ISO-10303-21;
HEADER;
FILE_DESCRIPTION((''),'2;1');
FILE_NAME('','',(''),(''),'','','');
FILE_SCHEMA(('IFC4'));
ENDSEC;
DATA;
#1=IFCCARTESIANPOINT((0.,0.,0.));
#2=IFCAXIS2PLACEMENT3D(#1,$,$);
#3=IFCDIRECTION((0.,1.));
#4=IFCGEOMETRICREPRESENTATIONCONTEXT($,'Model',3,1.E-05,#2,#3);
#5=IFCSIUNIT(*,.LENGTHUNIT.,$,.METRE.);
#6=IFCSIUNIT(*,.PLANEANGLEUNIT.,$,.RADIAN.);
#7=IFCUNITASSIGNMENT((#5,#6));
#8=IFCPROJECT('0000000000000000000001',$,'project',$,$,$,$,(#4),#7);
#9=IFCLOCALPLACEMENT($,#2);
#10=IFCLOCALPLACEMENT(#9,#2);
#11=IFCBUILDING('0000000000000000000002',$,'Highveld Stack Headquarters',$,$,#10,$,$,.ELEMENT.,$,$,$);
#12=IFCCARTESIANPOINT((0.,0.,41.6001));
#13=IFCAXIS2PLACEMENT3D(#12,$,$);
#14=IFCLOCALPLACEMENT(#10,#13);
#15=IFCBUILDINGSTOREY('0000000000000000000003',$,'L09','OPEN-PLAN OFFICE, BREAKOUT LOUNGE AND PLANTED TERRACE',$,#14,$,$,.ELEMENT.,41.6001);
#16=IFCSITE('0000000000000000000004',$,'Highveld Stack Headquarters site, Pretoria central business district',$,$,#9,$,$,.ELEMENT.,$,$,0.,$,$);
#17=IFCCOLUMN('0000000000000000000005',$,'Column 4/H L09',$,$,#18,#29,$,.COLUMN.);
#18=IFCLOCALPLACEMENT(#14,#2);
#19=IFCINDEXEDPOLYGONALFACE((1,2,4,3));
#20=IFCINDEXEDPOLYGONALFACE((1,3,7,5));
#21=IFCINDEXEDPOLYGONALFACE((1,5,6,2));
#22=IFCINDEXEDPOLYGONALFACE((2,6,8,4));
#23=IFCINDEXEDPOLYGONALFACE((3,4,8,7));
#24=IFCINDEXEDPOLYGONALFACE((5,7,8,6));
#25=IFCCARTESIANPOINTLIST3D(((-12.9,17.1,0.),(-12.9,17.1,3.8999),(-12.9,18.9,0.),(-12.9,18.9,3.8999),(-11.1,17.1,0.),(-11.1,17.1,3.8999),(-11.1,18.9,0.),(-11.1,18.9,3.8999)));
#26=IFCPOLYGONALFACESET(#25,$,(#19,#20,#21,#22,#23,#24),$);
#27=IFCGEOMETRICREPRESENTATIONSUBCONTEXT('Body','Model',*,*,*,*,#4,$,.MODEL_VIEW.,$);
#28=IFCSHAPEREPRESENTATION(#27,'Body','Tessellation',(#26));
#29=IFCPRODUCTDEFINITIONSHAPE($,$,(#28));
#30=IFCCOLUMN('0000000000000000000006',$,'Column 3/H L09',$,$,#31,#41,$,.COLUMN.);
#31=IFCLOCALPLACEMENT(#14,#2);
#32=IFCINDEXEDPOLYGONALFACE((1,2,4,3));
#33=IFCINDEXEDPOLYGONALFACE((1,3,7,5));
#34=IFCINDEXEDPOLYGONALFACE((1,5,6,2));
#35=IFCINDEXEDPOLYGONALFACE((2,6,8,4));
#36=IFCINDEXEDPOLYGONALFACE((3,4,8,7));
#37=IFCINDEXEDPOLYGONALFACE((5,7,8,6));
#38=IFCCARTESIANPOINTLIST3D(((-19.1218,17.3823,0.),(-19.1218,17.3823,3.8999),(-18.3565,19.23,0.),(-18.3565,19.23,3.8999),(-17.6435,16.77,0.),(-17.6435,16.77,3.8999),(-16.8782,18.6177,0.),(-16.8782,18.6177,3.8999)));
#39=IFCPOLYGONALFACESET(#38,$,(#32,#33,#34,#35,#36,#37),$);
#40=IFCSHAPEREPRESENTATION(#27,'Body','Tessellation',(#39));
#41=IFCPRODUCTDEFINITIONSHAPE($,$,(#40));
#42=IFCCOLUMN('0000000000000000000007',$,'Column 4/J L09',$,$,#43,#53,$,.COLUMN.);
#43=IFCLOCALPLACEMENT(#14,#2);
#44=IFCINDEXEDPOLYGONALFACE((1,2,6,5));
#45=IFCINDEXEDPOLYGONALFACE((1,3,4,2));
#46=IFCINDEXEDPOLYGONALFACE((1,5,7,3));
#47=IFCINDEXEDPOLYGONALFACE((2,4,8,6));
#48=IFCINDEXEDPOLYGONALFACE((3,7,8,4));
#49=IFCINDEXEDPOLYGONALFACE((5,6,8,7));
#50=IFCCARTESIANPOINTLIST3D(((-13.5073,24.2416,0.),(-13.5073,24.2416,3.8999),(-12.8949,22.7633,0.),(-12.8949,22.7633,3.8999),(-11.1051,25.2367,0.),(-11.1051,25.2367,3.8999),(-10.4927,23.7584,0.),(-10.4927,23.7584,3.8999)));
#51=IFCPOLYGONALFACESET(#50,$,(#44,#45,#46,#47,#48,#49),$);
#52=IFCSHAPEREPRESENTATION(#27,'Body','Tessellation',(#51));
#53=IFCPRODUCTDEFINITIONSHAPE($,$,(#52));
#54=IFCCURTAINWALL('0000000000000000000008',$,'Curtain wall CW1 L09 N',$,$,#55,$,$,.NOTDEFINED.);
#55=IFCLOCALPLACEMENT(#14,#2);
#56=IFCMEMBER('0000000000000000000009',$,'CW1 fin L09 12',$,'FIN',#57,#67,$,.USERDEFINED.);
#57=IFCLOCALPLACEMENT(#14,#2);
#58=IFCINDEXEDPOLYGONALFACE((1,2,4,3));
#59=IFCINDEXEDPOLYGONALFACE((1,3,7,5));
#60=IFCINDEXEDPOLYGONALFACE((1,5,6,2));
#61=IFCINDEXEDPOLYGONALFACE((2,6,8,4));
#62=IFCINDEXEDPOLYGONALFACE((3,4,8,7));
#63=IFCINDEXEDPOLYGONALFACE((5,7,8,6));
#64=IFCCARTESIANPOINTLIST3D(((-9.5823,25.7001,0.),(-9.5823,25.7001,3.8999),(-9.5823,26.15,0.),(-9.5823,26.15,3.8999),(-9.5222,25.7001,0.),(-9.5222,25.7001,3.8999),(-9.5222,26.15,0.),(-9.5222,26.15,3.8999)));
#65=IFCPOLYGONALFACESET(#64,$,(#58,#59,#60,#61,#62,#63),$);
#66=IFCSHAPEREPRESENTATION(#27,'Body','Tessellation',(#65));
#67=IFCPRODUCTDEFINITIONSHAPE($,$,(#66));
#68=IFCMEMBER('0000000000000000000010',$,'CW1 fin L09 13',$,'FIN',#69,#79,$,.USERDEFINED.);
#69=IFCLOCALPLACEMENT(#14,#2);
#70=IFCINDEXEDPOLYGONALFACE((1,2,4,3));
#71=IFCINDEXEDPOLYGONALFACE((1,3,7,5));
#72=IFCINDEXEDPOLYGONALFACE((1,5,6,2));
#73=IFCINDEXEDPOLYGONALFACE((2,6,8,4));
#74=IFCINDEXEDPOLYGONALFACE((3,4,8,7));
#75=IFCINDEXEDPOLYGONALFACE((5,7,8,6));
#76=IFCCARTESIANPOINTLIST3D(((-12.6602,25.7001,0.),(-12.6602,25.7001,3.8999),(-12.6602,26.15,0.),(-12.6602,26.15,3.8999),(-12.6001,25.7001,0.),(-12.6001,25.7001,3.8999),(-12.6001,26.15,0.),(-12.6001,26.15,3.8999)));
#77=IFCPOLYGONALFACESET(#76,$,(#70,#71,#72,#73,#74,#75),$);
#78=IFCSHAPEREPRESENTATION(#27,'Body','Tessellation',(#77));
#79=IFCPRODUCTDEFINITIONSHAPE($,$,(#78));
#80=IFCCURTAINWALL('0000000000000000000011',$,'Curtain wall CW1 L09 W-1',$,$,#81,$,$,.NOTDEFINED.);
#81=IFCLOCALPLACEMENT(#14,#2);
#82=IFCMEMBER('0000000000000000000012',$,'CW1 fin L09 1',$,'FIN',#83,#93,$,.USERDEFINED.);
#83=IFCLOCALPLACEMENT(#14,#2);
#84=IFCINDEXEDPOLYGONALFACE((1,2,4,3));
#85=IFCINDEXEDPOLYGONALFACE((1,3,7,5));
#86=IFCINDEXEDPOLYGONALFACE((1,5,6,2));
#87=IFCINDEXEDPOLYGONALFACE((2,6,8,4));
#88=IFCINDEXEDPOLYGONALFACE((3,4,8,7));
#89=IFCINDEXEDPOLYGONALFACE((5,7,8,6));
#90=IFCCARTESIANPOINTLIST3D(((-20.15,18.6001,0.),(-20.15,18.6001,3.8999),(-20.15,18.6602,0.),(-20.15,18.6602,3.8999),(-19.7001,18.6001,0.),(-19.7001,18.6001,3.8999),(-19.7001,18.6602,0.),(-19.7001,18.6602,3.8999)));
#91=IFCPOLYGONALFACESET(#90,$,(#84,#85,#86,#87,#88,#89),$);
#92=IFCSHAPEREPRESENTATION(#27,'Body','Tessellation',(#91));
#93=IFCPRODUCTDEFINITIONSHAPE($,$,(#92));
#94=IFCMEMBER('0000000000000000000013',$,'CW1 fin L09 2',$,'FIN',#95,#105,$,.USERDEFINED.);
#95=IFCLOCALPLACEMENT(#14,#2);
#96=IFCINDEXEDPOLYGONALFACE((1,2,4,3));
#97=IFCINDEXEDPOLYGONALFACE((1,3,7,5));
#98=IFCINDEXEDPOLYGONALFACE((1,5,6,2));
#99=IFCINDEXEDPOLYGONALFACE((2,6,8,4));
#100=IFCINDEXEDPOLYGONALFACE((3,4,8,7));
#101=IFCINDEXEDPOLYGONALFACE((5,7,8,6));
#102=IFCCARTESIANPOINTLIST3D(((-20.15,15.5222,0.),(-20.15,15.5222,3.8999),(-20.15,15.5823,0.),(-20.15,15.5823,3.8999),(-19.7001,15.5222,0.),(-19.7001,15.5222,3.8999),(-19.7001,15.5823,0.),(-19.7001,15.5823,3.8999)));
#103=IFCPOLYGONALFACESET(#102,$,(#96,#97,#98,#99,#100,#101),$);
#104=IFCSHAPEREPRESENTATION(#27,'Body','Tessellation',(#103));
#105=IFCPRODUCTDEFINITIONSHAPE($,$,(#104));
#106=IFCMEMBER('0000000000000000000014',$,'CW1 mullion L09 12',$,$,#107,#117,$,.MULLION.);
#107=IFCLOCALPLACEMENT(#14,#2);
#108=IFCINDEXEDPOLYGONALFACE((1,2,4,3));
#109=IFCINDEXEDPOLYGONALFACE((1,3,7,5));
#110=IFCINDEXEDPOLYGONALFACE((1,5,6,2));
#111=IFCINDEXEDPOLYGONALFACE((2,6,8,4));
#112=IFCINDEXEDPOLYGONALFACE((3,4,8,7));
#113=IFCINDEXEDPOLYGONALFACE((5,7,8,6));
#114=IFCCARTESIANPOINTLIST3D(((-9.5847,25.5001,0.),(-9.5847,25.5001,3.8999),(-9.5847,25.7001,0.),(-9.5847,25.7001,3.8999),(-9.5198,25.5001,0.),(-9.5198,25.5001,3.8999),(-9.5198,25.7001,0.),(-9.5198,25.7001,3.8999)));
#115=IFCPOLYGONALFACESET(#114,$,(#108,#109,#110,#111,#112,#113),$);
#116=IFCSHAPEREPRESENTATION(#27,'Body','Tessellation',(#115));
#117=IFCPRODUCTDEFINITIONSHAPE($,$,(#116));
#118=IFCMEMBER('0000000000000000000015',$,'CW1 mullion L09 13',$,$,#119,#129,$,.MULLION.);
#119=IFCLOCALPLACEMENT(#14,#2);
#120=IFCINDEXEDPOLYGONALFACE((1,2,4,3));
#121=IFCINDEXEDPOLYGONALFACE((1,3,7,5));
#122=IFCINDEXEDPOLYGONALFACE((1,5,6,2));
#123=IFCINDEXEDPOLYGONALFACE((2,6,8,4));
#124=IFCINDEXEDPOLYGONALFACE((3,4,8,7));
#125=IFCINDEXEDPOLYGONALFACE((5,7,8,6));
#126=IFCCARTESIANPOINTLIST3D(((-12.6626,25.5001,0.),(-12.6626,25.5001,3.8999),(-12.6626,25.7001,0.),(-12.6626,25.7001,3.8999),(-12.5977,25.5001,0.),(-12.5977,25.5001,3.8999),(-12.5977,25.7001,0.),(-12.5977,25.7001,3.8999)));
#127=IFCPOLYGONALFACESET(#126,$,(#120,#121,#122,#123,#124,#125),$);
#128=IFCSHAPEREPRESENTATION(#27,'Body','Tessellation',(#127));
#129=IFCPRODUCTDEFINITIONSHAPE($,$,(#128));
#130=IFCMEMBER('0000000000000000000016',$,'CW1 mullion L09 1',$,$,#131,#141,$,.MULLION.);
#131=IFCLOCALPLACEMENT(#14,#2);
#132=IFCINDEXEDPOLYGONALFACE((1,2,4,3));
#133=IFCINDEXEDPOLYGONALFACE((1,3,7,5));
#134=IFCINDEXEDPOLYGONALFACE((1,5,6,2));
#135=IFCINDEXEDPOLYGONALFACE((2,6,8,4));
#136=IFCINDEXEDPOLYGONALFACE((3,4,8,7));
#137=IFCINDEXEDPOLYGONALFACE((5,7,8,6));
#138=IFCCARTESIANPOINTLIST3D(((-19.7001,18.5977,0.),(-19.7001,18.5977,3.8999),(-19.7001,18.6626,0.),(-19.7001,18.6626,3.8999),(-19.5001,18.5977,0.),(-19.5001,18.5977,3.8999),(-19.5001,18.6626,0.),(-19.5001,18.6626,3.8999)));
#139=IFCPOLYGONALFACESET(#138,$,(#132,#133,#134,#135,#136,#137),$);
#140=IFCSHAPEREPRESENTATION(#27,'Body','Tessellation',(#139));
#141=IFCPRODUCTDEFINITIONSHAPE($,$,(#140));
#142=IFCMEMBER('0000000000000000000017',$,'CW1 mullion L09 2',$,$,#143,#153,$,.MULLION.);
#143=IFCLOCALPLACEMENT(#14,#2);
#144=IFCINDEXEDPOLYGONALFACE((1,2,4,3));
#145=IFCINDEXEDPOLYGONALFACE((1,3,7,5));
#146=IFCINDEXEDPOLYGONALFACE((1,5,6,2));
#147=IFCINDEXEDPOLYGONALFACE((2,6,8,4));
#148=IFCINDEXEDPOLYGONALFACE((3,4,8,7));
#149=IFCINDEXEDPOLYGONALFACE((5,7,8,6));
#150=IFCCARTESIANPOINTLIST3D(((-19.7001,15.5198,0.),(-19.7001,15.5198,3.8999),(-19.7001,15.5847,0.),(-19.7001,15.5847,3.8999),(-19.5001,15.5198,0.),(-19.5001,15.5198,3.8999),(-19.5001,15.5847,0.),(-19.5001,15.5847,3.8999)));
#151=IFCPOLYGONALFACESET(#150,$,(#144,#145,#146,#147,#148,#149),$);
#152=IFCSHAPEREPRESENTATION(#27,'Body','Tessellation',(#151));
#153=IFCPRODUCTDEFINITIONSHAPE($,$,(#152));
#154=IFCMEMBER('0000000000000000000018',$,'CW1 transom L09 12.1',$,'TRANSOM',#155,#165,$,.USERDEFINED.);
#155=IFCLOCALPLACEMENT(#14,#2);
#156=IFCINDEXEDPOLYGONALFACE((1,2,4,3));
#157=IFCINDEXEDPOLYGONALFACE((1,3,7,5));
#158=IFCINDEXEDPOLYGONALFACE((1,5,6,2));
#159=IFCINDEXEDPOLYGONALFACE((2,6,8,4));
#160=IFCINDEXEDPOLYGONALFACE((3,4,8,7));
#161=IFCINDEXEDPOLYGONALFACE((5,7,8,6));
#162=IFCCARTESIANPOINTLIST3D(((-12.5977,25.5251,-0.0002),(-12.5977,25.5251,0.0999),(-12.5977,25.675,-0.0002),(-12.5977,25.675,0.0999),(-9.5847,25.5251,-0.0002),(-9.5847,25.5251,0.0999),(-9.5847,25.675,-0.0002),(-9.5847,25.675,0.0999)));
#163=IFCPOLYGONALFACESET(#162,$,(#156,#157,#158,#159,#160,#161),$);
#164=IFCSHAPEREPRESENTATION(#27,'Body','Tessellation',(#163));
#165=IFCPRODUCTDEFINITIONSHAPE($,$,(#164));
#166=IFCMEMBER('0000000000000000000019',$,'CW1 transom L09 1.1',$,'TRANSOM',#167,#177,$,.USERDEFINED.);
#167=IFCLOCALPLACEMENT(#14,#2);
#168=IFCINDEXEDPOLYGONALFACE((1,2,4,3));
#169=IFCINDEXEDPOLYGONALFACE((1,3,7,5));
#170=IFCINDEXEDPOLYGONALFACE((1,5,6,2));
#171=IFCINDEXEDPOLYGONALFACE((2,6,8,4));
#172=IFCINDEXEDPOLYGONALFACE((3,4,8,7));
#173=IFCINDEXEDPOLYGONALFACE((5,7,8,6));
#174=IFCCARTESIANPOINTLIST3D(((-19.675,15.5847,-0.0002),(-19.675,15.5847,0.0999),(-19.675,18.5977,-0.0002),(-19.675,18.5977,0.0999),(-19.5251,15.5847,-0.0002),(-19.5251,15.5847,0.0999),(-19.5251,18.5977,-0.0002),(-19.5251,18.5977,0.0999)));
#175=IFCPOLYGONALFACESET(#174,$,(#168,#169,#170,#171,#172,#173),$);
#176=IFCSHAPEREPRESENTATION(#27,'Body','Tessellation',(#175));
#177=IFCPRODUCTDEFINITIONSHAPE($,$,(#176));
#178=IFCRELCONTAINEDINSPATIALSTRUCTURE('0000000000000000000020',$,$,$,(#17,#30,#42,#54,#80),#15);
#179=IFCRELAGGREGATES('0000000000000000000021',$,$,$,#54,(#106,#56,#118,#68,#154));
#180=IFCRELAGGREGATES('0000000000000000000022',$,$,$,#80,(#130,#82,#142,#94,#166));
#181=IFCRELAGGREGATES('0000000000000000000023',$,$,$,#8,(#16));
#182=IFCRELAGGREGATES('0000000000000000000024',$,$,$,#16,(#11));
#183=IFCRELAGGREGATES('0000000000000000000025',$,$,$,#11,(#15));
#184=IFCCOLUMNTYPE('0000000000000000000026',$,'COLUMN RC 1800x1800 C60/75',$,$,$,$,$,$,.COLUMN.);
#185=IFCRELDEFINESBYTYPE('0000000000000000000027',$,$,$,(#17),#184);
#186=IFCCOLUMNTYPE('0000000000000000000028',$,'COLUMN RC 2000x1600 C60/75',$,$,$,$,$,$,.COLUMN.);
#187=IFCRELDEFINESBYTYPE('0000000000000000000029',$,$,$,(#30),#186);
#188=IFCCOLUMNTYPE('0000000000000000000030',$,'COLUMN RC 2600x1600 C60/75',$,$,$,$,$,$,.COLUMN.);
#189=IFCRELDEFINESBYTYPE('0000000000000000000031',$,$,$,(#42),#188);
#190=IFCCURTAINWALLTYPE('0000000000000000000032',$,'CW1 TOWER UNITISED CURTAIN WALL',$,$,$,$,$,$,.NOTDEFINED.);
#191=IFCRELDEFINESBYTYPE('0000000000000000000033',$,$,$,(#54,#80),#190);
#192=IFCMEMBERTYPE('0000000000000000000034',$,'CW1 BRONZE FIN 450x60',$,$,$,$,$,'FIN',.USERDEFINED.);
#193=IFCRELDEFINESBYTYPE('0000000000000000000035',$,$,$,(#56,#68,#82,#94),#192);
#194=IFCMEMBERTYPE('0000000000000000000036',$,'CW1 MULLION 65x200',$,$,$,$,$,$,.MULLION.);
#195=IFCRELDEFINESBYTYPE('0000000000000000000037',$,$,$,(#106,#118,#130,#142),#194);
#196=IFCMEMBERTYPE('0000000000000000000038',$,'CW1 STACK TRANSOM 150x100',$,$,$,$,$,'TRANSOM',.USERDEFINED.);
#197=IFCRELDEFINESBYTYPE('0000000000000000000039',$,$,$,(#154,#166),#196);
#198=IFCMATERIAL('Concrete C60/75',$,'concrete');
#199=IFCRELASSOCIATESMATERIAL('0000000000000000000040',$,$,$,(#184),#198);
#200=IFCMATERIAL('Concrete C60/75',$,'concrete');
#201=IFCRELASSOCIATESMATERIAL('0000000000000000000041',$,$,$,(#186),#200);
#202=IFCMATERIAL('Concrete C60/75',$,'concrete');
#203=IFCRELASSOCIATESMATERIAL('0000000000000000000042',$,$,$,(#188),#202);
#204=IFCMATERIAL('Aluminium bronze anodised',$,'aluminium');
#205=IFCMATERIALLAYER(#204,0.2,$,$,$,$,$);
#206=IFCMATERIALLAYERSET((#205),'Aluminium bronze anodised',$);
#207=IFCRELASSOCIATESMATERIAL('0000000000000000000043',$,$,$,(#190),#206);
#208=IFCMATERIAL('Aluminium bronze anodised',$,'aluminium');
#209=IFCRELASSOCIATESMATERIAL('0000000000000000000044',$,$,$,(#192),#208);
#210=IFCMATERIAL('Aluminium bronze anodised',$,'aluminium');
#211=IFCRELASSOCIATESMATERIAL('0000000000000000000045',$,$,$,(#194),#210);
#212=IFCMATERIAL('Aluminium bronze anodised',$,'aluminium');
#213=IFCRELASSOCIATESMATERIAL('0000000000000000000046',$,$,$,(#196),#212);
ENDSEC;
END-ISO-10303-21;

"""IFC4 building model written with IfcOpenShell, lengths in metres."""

from ifc_helpers import new_model, si_unit, direction, frame, origin, origin_2d, place, context, subcontext, project, spatial, rectangle, extrude, material, layer, layer_set, material_profile, profile_set, type_object, element, aggregate, save


model = new_model("IFC4")

# Units and contexts
model_context = context("Model", 3, precision=1e-05, world=origin(), true_north=direction((0.0, 1.0)))
body_context = subcontext(model_context, "Body", "Model", "MODEL_VIEW")
ifc_project = project(units=[si_unit("LENGTHUNIT", "METRE"), si_unit("PLANEANGLEUNIT", "RADIAN")], contexts=[model_context])

# Site, building, storey
site_placement = place(None, origin())
site = spatial("IfcSite", under=ifc_project, at=site_placement, Name="Highveld Stack Headquarters site, Pretoria central business district", CompositionType="ELEMENT", RefElevation=0.0)
building_placement = place(site_placement, origin())
building = spatial("IfcBuilding", under=site, at=building_placement, Name="Highveld Stack Headquarters", CompositionType="ELEMENT")
storey_placement = place(building_placement, frame((0.0, 0.0, 41.6001)))
storey = spatial("IfcBuildingStorey", under=building, at=storey_placement, Name="L09", Description="OPEN-PLAN OFFICE, BREAKOUT LOUNGE AND PLANTED TERRACE", CompositionType="ELEMENT", Elevation=41.6001)

# Columns
ifc_material_1 = material(Name="Concrete C60/75", Category="concrete")
ifc_material_profile_1 = material_profile(ifc_material_1, rectangle(XDim=1.8, YDim=1.8, at=origin_2d()), Name="RC 1800x1800")
ifc_profile_set_1 = profile_set([ifc_material_profile_1], Name="Concrete C60/75")
column_type_1 = type_object("IfcColumnType", Name="COLUMN RC 1800x1800 C60/75", PredefinedType="COLUMN", material=ifc_profile_set_1)
column_1_placement = place(storey_placement, frame((-12.0, 18.0, 0.0), z_axis=(0.0, 0.0, 1.0), x_axis=(1.0, 0.0, 0.0)))
element("IfcColumn", 1, at=column_1_placement, inside=storey, type_object=column_type_1, Name="Column 4/H L09", PredefinedType="COLUMN", context=body_context, shape_type="SweptSolid", body=[
    extrude(rectangle(XDim=1.8, YDim=1.8, at=origin_2d()), origin(), (0.0, 0.0, 1.0), 3.8999),
])
ifc_material_2 = material(Name="Concrete C60/75", Category="concrete")
ifc_material_profile_2 = material_profile(ifc_material_2, rectangle(XDim=2.0, YDim=1.6001, at=origin_2d()), Name="RC 2000x1600")
ifc_profile_set_2 = profile_set([ifc_material_profile_2], Name="Concrete C60/75")
column_type_2 = type_object("IfcColumnType", Name="COLUMN RC 2000x1600 C60/75", PredefinedType="COLUMN", material=ifc_profile_set_2)
column_2_placement = place(storey_placement, frame((-18.0, 18.0, 0.0), z_axis=(0.0, 0.0, 1.0), x_axis=(0.382683, 0.92388, 0.0)))
element("IfcColumn", 2, at=column_2_placement, inside=storey, type_object=column_type_2, Name="Column 3/H L09", PredefinedType="COLUMN", context=body_context, shape_type="SweptSolid", body=[
    extrude(rectangle(XDim=2.0, YDim=1.6001, at=origin_2d()), origin(), (0.0, 0.0, 1.0), 3.8999),
])
ifc_material_3 = material(Name="Concrete C60/75", Category="concrete")
ifc_material_profile_3 = material_profile(ifc_material_3, rectangle(XDim=2.6001, YDim=1.6001, at=origin_2d()), Name="RC 2600x1600")
ifc_profile_set_3 = profile_set([ifc_material_profile_3], Name="Concrete C60/75")
column_type_3 = type_object("IfcColumnType", Name="COLUMN RC 2600x1600 C60/75", PredefinedType="COLUMN", material=ifc_profile_set_3)
column_3_placement = place(storey_placement, frame((-12.0, 24.0, 0.0), z_axis=(0.0, 0.0, 1.0), x_axis=(0.92388, 0.382683, 0.0)))
element("IfcColumn", 3, at=column_3_placement, inside=storey, type_object=column_type_3, Name="Column 4/J L09", PredefinedType="COLUMN", context=body_context, shape_type="SweptSolid", body=[
    extrude(rectangle(XDim=2.6001, YDim=1.6001, at=origin_2d()), origin(), (0.0, 0.0, 1.0), 3.8999),
])

# Curtain walls, members
ifc_material_4 = material(Name="Aluminium bronze anodised", Category="aluminium")
ifc_layer_1 = layer(ifc_material_4, 0.2)
ifc_layer_set_1 = layer_set([ifc_layer_1], Name="Aluminium bronze anodised")
curtain_wall_type_1 = type_object("IfcCurtainWallType", Name="CW1 TOWER UNITISED CURTAIN WALL", PredefinedType="NOTDEFINED", material=ifc_layer_set_1)
curtain_wall_1_placement = place(storey_placement, origin())
curtain_wall_1 = element("IfcCurtainWall", 4, at=curtain_wall_1_placement, inside=storey, type_object=curtain_wall_type_1, Name="Curtain wall CW1 L09 N", PredefinedType="NOTDEFINED")
ifc_material_5 = material(Name="Aluminium bronze anodised", Category="aluminium")
ifc_material_profile_4 = material_profile(ifc_material_5, rectangle(XDim=0.45, YDim=0.0601, at=origin_2d()), Name="FIN 450x60")
ifc_profile_set_4 = profile_set([ifc_material_profile_4], Name="Aluminium bronze anodised")
member_type_1 = type_object("IfcMemberType", Name="CW1 BRONZE FIN 450x60", ElementType="FIN", PredefinedType="USERDEFINED", material=ifc_profile_set_4)
member_1_placement = place(storey_placement, frame((-9.5522, 25.925, 0.0), z_axis=(0.0, 0.0, 1.0), x_axis=(0.0, -1.0, 0.0)))
member_1 = element("IfcMember", 5, at=member_1_placement, type_object=member_type_1, Name="CW1 fin L09 12", ObjectType="FIN", PredefinedType="USERDEFINED", context=body_context, shape_type="SweptSolid", body=[
    extrude(rectangle(XDim=0.45, YDim=0.0601, at=origin_2d()), origin(), (0.0, 0.0, 1.0), 3.8999),
])
member_2_placement = place(storey_placement, frame((-12.6301, 25.925, 0.0), z_axis=(0.0, 0.0, 1.0), x_axis=(0.0, -1.0, 0.0)))
member_2 = element("IfcMember", 6, at=member_2_placement, type_object=member_type_1, Name="CW1 fin L09 13", ObjectType="FIN", PredefinedType="USERDEFINED", context=body_context, shape_type="SweptSolid", body=[
    extrude(rectangle(XDim=0.45, YDim=0.0601, at=origin_2d()), origin(), (0.0, 0.0, 1.0), 3.8999),
])
curtain_wall_2_placement = place(storey_placement, origin())
curtain_wall_2 = element("IfcCurtainWall", 7, at=curtain_wall_2_placement, inside=storey, type_object=curtain_wall_type_1, Name="Curtain wall CW1 L09 W-1", PredefinedType="NOTDEFINED")
member_3_placement = place(storey_placement, frame((-19.925, 18.6301, 0.0), z_axis=(0.0, 0.0, 1.0), x_axis=(1.0, 0.0, 0.0)))
member_3 = element("IfcMember", 8, at=member_3_placement, type_object=member_type_1, Name="CW1 fin L09 1", ObjectType="FIN", PredefinedType="USERDEFINED", context=body_context, shape_type="SweptSolid", body=[
    extrude(rectangle(XDim=0.45, YDim=0.0601, at=origin_2d()), origin(), (0.0, 0.0, 1.0), 3.8999),
])
member_4_placement = place(storey_placement, frame((-19.925, 15.5522, 0.0), z_axis=(0.0, 0.0, 1.0), x_axis=(1.0, 0.0, 0.0)))
member_4 = element("IfcMember", 9, at=member_4_placement, type_object=member_type_1, Name="CW1 fin L09 2", ObjectType="FIN", PredefinedType="USERDEFINED", context=body_context, shape_type="SweptSolid", body=[
    extrude(rectangle(XDim=0.45, YDim=0.0601, at=origin_2d()), origin(), (0.0, 0.0, 1.0), 3.8999),
])

# Members
ifc_material_6 = material(Name="Aluminium bronze anodised", Category="aluminium")
ifc_material_profile_5 = material_profile(ifc_material_6, rectangle(XDim=0.2, YDim=0.0649, at=origin_2d()), Name="CW1 MULLION 65x200")
ifc_profile_set_5 = profile_set([ifc_material_profile_5], Name="Aluminium bronze anodised")
member_type_2 = type_object("IfcMemberType", Name="CW1 MULLION 65x200", PredefinedType="MULLION", material=ifc_profile_set_5)
member_5_placement = place(storey_placement, frame((-9.5522, 25.6001, 0.0), z_axis=(0.0, 0.0, 1.0), x_axis=(0.0, -1.0, 0.0)))
member_5 = element("IfcMember", 10, at=member_5_placement, type_object=member_type_2, Name="CW1 mullion L09 12", PredefinedType="MULLION", context=body_context, shape_type="SweptSolid", body=[
    extrude(rectangle(XDim=0.2, YDim=0.0649, at=origin_2d()), origin(), (0.0, 0.0, 1.0), 3.8999),
])
member_6_placement = place(storey_placement, frame((-12.6301, 25.6001, 0.0), z_axis=(0.0, 0.0, 1.0), x_axis=(0.0, -1.0, 0.0)))
member_6 = element("IfcMember", 11, at=member_6_placement, type_object=member_type_2, Name="CW1 mullion L09 13", PredefinedType="MULLION", context=body_context, shape_type="SweptSolid", body=[
    extrude(rectangle(XDim=0.2, YDim=0.0649, at=origin_2d()), origin(), (0.0, 0.0, 1.0), 3.8999),
])
member_7_placement = place(storey_placement, frame((-19.6001, 18.6301, 0.0), z_axis=(0.0, 0.0, 1.0), x_axis=(1.0, 0.0, 0.0)))
member_7 = element("IfcMember", 12, at=member_7_placement, type_object=member_type_2, Name="CW1 mullion L09 1", PredefinedType="MULLION", context=body_context, shape_type="SweptSolid", body=[
    extrude(rectangle(XDim=0.2, YDim=0.0649, at=origin_2d()), origin(), (0.0, 0.0, 1.0), 3.8999),
])
member_8_placement = place(storey_placement, frame((-19.6001, 15.5522, 0.0), z_axis=(0.0, 0.0, 1.0), x_axis=(1.0, 0.0, 0.0)))
member_8 = element("IfcMember", 13, at=member_8_placement, type_object=member_type_2, Name="CW1 mullion L09 2", PredefinedType="MULLION", context=body_context, shape_type="SweptSolid", body=[
    extrude(rectangle(XDim=0.2, YDim=0.0649, at=origin_2d()), origin(), (0.0, 0.0, 1.0), 3.8999),
])
ifc_material_7 = material(Name="Aluminium bronze anodised", Category="aluminium")
ifc_material_profile_6 = material_profile(ifc_material_7, rectangle(XDim=0.1499, YDim=0.1001, at=origin_2d()), Name="CW1 TRANSOM 150x100")
ifc_profile_set_6 = profile_set([ifc_material_profile_6], Name="Aluminium bronze anodised")
member_type_3 = type_object("IfcMemberType", Name="CW1 STACK TRANSOM 150x100", ElementType="TRANSOM", PredefinedType="USERDEFINED", material=ifc_profile_set_6)
member_9_placement = place(storey_placement, frame((-9.5847, 25.6001, 0.0498), z_axis=(-1.0, 0.0, 0.0), x_axis=(0.0, -1.0, 0.0)))
member_9 = element("IfcMember", 14, at=member_9_placement, type_object=member_type_3, Name="CW1 transom L09 12.1", ObjectType="TRANSOM", PredefinedType="USERDEFINED", context=body_context, shape_type="SweptSolid", body=[
    extrude(rectangle(XDim=0.1499, YDim=0.1001, at=origin_2d()), origin(), (0.0, 0.0, 1.0), 3.0129),
])
member_10_placement = place(storey_placement, frame((-19.6001, 18.5977, 0.0498), z_axis=(0.0, -1.0, 0.0), x_axis=(1.0, 0.0, 0.0)))
member_10 = element("IfcMember", 15, at=member_10_placement, type_object=member_type_3, Name="CW1 transom L09 1.1", ObjectType="TRANSOM", PredefinedType="USERDEFINED", context=body_context, shape_type="SweptSolid", body=[
    extrude(rectangle(XDim=0.1499, YDim=0.1001, at=origin_2d()), origin(), (0.0, 0.0, 1.0), 3.0129),
])

aggregate(curtain_wall_1, [member_5, member_1, member_6, member_2, member_9])
aggregate(curtain_wall_2, [member_7, member_3, member_8, member_4, member_10])

save(model, "model.ifc")
